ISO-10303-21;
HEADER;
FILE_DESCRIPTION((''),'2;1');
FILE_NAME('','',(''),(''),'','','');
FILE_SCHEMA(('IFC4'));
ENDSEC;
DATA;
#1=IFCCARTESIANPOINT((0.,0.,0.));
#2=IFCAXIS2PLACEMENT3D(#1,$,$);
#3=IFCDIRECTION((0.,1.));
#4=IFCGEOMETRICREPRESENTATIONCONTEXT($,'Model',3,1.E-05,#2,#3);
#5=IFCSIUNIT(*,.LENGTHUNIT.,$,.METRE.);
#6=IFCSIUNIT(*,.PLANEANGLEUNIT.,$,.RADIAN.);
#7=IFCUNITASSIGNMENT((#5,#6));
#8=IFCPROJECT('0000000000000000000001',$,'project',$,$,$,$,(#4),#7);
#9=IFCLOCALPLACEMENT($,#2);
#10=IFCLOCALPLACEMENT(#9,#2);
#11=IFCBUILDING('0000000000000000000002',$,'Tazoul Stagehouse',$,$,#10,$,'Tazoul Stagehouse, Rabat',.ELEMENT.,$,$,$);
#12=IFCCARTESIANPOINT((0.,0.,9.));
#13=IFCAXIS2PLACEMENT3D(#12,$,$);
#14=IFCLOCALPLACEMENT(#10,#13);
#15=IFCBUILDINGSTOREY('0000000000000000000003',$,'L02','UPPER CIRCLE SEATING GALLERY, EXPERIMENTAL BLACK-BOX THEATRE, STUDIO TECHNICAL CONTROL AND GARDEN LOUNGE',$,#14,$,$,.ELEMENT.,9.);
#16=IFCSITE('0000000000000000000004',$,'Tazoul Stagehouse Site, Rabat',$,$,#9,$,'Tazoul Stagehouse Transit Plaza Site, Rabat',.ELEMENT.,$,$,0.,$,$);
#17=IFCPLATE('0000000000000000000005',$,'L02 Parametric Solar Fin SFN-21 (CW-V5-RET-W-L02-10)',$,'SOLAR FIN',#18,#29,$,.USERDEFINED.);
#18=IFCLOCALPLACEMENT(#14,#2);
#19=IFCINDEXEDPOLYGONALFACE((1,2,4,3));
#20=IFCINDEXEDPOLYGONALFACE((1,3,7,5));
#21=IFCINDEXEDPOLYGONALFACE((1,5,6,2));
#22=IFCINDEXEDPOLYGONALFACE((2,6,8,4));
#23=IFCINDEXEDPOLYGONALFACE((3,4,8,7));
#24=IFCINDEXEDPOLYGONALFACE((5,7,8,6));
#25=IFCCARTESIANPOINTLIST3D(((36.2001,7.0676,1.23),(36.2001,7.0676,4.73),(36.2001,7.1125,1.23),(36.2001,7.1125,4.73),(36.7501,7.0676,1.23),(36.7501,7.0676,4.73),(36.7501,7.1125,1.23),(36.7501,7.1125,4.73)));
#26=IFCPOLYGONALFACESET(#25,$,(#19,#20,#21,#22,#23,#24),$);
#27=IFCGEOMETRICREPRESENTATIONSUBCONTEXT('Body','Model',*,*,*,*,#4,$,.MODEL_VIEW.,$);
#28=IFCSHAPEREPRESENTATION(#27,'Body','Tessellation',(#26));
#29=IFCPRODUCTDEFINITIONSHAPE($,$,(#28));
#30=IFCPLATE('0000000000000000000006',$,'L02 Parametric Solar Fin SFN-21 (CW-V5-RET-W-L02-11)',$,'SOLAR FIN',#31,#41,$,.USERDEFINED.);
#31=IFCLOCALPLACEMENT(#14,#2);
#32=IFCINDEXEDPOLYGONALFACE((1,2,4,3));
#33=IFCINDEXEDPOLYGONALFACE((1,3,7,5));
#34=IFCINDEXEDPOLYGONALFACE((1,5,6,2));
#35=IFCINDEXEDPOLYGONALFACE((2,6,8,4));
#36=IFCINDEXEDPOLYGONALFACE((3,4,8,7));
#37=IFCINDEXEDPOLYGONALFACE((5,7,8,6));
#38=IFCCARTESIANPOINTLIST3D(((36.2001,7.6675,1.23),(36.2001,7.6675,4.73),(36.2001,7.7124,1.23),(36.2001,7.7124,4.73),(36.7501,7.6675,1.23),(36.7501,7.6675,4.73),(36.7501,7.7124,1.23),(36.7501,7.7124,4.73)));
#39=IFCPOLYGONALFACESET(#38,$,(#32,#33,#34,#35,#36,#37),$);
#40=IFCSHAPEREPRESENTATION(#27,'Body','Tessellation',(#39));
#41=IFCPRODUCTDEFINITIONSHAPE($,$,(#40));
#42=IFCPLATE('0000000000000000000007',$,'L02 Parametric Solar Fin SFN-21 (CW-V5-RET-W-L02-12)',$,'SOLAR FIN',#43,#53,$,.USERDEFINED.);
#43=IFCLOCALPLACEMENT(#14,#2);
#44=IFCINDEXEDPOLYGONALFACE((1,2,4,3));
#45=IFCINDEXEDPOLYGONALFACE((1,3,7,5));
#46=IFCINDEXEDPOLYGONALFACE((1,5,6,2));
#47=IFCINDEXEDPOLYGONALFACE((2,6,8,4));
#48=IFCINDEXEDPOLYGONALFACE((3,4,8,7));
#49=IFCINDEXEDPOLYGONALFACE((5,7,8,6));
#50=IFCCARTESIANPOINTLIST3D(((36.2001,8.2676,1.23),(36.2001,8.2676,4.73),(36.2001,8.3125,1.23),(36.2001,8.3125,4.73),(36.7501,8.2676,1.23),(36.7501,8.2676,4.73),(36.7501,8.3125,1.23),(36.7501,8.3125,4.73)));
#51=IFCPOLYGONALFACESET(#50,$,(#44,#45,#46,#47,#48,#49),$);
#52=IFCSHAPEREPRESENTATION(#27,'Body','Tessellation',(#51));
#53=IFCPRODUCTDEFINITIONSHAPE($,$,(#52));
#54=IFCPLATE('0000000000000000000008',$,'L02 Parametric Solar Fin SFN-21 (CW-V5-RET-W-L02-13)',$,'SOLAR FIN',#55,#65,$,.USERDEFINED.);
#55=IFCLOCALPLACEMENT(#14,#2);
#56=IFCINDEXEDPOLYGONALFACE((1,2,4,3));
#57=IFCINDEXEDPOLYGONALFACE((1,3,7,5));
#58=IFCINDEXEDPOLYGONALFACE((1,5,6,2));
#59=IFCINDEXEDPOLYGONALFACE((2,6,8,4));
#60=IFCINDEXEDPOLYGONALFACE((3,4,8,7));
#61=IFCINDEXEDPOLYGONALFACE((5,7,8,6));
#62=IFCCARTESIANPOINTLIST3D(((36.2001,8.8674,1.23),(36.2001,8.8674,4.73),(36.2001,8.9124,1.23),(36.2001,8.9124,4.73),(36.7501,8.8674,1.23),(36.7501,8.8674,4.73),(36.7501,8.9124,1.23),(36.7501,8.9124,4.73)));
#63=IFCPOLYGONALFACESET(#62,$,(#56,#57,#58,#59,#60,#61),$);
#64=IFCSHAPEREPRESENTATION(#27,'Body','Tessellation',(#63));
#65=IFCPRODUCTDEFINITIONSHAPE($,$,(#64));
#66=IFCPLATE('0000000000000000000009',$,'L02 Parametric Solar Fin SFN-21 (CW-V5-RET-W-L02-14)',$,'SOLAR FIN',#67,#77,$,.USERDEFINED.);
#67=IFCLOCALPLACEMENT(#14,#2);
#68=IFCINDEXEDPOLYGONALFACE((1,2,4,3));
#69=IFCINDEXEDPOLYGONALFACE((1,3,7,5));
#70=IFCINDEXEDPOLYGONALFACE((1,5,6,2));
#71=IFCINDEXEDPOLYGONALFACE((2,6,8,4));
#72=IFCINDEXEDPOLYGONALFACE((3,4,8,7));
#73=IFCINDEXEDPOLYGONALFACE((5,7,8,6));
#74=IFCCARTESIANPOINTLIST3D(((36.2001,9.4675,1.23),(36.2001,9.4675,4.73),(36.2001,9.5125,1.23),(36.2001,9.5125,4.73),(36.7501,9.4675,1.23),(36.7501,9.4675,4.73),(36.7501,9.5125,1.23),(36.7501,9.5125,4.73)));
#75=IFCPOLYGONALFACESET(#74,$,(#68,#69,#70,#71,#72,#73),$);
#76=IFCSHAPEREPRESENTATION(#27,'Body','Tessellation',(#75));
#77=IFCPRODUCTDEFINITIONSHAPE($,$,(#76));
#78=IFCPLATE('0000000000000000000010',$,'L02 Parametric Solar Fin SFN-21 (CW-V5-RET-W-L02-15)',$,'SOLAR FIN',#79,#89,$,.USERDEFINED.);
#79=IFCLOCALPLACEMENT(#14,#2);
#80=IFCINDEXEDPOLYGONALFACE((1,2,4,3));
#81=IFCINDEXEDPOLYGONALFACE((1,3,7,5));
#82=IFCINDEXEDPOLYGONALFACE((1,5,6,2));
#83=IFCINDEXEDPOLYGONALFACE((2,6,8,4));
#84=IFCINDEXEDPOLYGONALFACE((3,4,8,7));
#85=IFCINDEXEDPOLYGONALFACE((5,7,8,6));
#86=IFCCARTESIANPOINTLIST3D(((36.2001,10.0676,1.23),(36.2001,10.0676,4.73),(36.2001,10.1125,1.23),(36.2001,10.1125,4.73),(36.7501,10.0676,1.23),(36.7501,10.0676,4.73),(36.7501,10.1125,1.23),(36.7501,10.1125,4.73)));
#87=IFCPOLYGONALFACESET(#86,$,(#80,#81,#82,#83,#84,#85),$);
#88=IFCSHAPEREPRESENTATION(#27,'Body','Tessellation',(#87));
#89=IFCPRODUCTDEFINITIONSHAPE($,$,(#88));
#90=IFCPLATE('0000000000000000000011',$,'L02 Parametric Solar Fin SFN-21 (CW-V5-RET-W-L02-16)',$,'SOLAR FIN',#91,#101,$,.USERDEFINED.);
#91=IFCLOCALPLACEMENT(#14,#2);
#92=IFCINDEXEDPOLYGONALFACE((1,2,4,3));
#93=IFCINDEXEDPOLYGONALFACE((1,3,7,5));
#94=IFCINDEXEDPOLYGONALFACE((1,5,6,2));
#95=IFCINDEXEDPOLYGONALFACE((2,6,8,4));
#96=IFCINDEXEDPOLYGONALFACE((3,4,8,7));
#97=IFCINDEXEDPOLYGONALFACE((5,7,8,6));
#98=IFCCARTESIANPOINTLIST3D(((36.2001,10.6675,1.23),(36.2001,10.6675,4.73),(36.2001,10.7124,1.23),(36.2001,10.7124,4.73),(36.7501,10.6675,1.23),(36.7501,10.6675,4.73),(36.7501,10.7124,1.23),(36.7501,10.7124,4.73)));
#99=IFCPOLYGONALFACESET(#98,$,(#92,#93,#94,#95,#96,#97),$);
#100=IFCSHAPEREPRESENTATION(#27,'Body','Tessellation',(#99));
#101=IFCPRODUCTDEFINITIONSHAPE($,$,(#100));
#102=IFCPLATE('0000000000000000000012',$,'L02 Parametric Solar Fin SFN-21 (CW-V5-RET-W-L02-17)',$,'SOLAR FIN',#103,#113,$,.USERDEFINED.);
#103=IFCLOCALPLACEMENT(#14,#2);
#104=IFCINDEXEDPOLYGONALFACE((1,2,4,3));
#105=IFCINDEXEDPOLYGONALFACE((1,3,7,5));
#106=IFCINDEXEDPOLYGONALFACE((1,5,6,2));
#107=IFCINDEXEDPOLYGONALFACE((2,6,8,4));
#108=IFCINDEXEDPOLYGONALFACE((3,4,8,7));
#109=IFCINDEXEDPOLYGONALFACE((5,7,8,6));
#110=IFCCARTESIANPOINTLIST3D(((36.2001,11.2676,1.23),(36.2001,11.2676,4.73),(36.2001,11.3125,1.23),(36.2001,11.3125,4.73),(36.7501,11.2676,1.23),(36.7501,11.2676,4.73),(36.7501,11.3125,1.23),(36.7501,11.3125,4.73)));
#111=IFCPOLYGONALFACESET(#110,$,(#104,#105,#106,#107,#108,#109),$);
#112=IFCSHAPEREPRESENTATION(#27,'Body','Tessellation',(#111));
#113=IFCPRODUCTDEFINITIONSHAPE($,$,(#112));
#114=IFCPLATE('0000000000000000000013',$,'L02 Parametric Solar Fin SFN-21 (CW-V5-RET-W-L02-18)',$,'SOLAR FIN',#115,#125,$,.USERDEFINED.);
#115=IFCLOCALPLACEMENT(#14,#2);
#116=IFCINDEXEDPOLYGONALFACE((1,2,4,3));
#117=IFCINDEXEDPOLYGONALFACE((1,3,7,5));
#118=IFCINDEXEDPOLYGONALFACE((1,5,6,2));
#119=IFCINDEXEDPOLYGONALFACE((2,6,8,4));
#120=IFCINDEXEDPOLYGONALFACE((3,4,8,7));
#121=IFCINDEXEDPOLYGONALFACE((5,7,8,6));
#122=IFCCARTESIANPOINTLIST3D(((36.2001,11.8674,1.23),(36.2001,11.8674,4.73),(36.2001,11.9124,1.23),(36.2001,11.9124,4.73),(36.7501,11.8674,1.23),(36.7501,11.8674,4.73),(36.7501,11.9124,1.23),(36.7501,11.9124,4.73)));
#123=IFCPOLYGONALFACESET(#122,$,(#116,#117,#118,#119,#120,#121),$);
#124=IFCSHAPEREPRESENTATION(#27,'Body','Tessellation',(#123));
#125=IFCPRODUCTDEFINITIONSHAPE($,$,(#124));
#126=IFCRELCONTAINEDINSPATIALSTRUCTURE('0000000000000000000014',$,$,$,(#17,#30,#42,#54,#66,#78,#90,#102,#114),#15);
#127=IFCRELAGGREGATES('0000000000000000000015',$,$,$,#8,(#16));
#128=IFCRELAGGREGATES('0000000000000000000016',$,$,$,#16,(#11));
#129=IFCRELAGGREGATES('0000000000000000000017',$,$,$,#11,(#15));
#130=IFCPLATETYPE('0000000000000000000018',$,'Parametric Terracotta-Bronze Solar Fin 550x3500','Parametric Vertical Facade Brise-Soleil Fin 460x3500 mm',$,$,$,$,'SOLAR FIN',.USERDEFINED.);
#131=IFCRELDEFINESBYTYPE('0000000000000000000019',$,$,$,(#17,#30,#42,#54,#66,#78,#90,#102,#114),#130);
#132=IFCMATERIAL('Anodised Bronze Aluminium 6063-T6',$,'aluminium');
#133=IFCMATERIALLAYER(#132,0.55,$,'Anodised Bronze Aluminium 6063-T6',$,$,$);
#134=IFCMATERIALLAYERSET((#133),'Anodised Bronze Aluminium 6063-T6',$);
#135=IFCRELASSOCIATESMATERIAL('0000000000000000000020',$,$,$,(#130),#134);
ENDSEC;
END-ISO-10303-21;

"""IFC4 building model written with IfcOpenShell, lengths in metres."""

from ifc_helpers import new_model, si_unit, direction, frame, origin, origin_2d, place, context, subcontext, project, spatial, rectangle, extrude, material, layer, layer_set, type_object, element, save


model = new_model("IFC4")

# Units and contexts
model_context = context("Model", 3, precision=1e-05, world=origin(), true_north=direction((0.0, 1.0)))
body_context = subcontext(model_context, "Body", "Model", "MODEL_VIEW")
ifc_project = project(units=[si_unit("LENGTHUNIT", "METRE"), si_unit("PLANEANGLEUNIT", "RADIAN")], contexts=[model_context])

# Shared definitions
ifc_material_1 = material(Name="Anodised Bronze Aluminium 6063-T6", Category="aluminium")
site_placement = place(None, origin())
building_placement = place(site_placement, origin())
storey_placement = place(building_placement, frame((0.0, 0.0, 9.0)))

# Site, building, storey
site = spatial("IfcSite", under=ifc_project, at=site_placement, Name="Tazoul Stagehouse Site, Rabat", LongName="Tazoul Stagehouse Transit Plaza Site, Rabat", CompositionType="ELEMENT", RefElevation=0.0)
building = spatial("IfcBuilding", under=site, at=building_placement, Name="Tazoul Stagehouse", LongName="Tazoul Stagehouse, Rabat", CompositionType="ELEMENT")
storey = spatial("IfcBuildingStorey", under=building, at=storey_placement, Name="L02", Description="UPPER CIRCLE SEATING GALLERY, EXPERIMENTAL BLACK-BOX THEATRE, STUDIO TECHNICAL CONTROL AND GARDEN LOUNGE", CompositionType="ELEMENT", Elevation=9.0)

# Plates
ifc_layer_1 = layer(ifc_material_1, 0.55, Name="Anodised Bronze Aluminium 6063-T6")
ifc_layer_set_1 = layer_set([ifc_layer_1], Name="Anodised Bronze Aluminium 6063-T6")
plate_type_1 = type_object("IfcPlateType", Name="Parametric Terracotta-Bronze Solar Fin 550x3500", Description="Parametric Vertical Facade Brise-Soleil Fin 460x3500 mm", ElementType="SOLAR FIN", PredefinedType="USERDEFINED", material=ifc_layer_set_1)
for number, where, z_axis, x_axis, name in (
    (1, (36.4751, 7.0901, 1.23), (0.0, 0.0, 1.0), (0.0, 1.0, 0.0), "L02 Parametric Solar Fin SFN-21 (CW-V5-RET-W-L02-10)"),
    (2, (36.4751, 7.6899, 1.23), (0.0, 0.0, 1.0), (0.0, 1.0, 0.0), "L02 Parametric Solar Fin SFN-21 (CW-V5-RET-W-L02-11)"),
    (3, (36.4751, 8.29, 1.23), (0.0, 0.0, 1.0), (0.0, 1.0, 0.0), "L02 Parametric Solar Fin SFN-21 (CW-V5-RET-W-L02-12)"),
    (4, (36.4751, 8.8899, 1.23), (0.0, 0.0, 1.0), (0.0, 1.0, 0.0), "L02 Parametric Solar Fin SFN-21 (CW-V5-RET-W-L02-13)"),
    (5, (36.4751, 9.49, 1.23), (0.0, 0.0, 1.0), (0.0, 1.0, 0.0), "L02 Parametric Solar Fin SFN-21 (CW-V5-RET-W-L02-14)"),
    (6, (36.4751, 10.0901, 1.23), (0.0, 0.0, 1.0), (0.0, 1.0, 0.0), "L02 Parametric Solar Fin SFN-21 (CW-V5-RET-W-L02-15)"),
    (7, (36.4751, 10.6899, 1.23), (0.0, 0.0, 1.0), (0.0, 1.0, 0.0), "L02 Parametric Solar Fin SFN-21 (CW-V5-RET-W-L02-16)"),
    (8, (36.4751, 11.29, 1.23), (0.0, 0.0, 1.0), (0.0, 1.0, 0.0), "L02 Parametric Solar Fin SFN-21 (CW-V5-RET-W-L02-17)"),
    (9, (36.4751, 11.8899, 1.23), (0.0, 0.0, 1.0), (0.0, 1.0, 0.0), "L02 Parametric Solar Fin SFN-21 (CW-V5-RET-W-L02-18)"),
):
    element("IfcPlate", number, at=place(storey_placement, frame(where, z_axis=z_axis, x_axis=x_axis)), inside=storey, type_object=plate_type_1, Name=name, ObjectType="SOLAR FIN", PredefinedType="USERDEFINED", context=body_context, shape_type="SweptSolid", body=[
        extrude(rectangle(XDim=0.0449, YDim=0.55, at=origin_2d()), origin(), (0.0, 0.0, 1.0), 3.5),
    ])

save(model, "model.ifc")
